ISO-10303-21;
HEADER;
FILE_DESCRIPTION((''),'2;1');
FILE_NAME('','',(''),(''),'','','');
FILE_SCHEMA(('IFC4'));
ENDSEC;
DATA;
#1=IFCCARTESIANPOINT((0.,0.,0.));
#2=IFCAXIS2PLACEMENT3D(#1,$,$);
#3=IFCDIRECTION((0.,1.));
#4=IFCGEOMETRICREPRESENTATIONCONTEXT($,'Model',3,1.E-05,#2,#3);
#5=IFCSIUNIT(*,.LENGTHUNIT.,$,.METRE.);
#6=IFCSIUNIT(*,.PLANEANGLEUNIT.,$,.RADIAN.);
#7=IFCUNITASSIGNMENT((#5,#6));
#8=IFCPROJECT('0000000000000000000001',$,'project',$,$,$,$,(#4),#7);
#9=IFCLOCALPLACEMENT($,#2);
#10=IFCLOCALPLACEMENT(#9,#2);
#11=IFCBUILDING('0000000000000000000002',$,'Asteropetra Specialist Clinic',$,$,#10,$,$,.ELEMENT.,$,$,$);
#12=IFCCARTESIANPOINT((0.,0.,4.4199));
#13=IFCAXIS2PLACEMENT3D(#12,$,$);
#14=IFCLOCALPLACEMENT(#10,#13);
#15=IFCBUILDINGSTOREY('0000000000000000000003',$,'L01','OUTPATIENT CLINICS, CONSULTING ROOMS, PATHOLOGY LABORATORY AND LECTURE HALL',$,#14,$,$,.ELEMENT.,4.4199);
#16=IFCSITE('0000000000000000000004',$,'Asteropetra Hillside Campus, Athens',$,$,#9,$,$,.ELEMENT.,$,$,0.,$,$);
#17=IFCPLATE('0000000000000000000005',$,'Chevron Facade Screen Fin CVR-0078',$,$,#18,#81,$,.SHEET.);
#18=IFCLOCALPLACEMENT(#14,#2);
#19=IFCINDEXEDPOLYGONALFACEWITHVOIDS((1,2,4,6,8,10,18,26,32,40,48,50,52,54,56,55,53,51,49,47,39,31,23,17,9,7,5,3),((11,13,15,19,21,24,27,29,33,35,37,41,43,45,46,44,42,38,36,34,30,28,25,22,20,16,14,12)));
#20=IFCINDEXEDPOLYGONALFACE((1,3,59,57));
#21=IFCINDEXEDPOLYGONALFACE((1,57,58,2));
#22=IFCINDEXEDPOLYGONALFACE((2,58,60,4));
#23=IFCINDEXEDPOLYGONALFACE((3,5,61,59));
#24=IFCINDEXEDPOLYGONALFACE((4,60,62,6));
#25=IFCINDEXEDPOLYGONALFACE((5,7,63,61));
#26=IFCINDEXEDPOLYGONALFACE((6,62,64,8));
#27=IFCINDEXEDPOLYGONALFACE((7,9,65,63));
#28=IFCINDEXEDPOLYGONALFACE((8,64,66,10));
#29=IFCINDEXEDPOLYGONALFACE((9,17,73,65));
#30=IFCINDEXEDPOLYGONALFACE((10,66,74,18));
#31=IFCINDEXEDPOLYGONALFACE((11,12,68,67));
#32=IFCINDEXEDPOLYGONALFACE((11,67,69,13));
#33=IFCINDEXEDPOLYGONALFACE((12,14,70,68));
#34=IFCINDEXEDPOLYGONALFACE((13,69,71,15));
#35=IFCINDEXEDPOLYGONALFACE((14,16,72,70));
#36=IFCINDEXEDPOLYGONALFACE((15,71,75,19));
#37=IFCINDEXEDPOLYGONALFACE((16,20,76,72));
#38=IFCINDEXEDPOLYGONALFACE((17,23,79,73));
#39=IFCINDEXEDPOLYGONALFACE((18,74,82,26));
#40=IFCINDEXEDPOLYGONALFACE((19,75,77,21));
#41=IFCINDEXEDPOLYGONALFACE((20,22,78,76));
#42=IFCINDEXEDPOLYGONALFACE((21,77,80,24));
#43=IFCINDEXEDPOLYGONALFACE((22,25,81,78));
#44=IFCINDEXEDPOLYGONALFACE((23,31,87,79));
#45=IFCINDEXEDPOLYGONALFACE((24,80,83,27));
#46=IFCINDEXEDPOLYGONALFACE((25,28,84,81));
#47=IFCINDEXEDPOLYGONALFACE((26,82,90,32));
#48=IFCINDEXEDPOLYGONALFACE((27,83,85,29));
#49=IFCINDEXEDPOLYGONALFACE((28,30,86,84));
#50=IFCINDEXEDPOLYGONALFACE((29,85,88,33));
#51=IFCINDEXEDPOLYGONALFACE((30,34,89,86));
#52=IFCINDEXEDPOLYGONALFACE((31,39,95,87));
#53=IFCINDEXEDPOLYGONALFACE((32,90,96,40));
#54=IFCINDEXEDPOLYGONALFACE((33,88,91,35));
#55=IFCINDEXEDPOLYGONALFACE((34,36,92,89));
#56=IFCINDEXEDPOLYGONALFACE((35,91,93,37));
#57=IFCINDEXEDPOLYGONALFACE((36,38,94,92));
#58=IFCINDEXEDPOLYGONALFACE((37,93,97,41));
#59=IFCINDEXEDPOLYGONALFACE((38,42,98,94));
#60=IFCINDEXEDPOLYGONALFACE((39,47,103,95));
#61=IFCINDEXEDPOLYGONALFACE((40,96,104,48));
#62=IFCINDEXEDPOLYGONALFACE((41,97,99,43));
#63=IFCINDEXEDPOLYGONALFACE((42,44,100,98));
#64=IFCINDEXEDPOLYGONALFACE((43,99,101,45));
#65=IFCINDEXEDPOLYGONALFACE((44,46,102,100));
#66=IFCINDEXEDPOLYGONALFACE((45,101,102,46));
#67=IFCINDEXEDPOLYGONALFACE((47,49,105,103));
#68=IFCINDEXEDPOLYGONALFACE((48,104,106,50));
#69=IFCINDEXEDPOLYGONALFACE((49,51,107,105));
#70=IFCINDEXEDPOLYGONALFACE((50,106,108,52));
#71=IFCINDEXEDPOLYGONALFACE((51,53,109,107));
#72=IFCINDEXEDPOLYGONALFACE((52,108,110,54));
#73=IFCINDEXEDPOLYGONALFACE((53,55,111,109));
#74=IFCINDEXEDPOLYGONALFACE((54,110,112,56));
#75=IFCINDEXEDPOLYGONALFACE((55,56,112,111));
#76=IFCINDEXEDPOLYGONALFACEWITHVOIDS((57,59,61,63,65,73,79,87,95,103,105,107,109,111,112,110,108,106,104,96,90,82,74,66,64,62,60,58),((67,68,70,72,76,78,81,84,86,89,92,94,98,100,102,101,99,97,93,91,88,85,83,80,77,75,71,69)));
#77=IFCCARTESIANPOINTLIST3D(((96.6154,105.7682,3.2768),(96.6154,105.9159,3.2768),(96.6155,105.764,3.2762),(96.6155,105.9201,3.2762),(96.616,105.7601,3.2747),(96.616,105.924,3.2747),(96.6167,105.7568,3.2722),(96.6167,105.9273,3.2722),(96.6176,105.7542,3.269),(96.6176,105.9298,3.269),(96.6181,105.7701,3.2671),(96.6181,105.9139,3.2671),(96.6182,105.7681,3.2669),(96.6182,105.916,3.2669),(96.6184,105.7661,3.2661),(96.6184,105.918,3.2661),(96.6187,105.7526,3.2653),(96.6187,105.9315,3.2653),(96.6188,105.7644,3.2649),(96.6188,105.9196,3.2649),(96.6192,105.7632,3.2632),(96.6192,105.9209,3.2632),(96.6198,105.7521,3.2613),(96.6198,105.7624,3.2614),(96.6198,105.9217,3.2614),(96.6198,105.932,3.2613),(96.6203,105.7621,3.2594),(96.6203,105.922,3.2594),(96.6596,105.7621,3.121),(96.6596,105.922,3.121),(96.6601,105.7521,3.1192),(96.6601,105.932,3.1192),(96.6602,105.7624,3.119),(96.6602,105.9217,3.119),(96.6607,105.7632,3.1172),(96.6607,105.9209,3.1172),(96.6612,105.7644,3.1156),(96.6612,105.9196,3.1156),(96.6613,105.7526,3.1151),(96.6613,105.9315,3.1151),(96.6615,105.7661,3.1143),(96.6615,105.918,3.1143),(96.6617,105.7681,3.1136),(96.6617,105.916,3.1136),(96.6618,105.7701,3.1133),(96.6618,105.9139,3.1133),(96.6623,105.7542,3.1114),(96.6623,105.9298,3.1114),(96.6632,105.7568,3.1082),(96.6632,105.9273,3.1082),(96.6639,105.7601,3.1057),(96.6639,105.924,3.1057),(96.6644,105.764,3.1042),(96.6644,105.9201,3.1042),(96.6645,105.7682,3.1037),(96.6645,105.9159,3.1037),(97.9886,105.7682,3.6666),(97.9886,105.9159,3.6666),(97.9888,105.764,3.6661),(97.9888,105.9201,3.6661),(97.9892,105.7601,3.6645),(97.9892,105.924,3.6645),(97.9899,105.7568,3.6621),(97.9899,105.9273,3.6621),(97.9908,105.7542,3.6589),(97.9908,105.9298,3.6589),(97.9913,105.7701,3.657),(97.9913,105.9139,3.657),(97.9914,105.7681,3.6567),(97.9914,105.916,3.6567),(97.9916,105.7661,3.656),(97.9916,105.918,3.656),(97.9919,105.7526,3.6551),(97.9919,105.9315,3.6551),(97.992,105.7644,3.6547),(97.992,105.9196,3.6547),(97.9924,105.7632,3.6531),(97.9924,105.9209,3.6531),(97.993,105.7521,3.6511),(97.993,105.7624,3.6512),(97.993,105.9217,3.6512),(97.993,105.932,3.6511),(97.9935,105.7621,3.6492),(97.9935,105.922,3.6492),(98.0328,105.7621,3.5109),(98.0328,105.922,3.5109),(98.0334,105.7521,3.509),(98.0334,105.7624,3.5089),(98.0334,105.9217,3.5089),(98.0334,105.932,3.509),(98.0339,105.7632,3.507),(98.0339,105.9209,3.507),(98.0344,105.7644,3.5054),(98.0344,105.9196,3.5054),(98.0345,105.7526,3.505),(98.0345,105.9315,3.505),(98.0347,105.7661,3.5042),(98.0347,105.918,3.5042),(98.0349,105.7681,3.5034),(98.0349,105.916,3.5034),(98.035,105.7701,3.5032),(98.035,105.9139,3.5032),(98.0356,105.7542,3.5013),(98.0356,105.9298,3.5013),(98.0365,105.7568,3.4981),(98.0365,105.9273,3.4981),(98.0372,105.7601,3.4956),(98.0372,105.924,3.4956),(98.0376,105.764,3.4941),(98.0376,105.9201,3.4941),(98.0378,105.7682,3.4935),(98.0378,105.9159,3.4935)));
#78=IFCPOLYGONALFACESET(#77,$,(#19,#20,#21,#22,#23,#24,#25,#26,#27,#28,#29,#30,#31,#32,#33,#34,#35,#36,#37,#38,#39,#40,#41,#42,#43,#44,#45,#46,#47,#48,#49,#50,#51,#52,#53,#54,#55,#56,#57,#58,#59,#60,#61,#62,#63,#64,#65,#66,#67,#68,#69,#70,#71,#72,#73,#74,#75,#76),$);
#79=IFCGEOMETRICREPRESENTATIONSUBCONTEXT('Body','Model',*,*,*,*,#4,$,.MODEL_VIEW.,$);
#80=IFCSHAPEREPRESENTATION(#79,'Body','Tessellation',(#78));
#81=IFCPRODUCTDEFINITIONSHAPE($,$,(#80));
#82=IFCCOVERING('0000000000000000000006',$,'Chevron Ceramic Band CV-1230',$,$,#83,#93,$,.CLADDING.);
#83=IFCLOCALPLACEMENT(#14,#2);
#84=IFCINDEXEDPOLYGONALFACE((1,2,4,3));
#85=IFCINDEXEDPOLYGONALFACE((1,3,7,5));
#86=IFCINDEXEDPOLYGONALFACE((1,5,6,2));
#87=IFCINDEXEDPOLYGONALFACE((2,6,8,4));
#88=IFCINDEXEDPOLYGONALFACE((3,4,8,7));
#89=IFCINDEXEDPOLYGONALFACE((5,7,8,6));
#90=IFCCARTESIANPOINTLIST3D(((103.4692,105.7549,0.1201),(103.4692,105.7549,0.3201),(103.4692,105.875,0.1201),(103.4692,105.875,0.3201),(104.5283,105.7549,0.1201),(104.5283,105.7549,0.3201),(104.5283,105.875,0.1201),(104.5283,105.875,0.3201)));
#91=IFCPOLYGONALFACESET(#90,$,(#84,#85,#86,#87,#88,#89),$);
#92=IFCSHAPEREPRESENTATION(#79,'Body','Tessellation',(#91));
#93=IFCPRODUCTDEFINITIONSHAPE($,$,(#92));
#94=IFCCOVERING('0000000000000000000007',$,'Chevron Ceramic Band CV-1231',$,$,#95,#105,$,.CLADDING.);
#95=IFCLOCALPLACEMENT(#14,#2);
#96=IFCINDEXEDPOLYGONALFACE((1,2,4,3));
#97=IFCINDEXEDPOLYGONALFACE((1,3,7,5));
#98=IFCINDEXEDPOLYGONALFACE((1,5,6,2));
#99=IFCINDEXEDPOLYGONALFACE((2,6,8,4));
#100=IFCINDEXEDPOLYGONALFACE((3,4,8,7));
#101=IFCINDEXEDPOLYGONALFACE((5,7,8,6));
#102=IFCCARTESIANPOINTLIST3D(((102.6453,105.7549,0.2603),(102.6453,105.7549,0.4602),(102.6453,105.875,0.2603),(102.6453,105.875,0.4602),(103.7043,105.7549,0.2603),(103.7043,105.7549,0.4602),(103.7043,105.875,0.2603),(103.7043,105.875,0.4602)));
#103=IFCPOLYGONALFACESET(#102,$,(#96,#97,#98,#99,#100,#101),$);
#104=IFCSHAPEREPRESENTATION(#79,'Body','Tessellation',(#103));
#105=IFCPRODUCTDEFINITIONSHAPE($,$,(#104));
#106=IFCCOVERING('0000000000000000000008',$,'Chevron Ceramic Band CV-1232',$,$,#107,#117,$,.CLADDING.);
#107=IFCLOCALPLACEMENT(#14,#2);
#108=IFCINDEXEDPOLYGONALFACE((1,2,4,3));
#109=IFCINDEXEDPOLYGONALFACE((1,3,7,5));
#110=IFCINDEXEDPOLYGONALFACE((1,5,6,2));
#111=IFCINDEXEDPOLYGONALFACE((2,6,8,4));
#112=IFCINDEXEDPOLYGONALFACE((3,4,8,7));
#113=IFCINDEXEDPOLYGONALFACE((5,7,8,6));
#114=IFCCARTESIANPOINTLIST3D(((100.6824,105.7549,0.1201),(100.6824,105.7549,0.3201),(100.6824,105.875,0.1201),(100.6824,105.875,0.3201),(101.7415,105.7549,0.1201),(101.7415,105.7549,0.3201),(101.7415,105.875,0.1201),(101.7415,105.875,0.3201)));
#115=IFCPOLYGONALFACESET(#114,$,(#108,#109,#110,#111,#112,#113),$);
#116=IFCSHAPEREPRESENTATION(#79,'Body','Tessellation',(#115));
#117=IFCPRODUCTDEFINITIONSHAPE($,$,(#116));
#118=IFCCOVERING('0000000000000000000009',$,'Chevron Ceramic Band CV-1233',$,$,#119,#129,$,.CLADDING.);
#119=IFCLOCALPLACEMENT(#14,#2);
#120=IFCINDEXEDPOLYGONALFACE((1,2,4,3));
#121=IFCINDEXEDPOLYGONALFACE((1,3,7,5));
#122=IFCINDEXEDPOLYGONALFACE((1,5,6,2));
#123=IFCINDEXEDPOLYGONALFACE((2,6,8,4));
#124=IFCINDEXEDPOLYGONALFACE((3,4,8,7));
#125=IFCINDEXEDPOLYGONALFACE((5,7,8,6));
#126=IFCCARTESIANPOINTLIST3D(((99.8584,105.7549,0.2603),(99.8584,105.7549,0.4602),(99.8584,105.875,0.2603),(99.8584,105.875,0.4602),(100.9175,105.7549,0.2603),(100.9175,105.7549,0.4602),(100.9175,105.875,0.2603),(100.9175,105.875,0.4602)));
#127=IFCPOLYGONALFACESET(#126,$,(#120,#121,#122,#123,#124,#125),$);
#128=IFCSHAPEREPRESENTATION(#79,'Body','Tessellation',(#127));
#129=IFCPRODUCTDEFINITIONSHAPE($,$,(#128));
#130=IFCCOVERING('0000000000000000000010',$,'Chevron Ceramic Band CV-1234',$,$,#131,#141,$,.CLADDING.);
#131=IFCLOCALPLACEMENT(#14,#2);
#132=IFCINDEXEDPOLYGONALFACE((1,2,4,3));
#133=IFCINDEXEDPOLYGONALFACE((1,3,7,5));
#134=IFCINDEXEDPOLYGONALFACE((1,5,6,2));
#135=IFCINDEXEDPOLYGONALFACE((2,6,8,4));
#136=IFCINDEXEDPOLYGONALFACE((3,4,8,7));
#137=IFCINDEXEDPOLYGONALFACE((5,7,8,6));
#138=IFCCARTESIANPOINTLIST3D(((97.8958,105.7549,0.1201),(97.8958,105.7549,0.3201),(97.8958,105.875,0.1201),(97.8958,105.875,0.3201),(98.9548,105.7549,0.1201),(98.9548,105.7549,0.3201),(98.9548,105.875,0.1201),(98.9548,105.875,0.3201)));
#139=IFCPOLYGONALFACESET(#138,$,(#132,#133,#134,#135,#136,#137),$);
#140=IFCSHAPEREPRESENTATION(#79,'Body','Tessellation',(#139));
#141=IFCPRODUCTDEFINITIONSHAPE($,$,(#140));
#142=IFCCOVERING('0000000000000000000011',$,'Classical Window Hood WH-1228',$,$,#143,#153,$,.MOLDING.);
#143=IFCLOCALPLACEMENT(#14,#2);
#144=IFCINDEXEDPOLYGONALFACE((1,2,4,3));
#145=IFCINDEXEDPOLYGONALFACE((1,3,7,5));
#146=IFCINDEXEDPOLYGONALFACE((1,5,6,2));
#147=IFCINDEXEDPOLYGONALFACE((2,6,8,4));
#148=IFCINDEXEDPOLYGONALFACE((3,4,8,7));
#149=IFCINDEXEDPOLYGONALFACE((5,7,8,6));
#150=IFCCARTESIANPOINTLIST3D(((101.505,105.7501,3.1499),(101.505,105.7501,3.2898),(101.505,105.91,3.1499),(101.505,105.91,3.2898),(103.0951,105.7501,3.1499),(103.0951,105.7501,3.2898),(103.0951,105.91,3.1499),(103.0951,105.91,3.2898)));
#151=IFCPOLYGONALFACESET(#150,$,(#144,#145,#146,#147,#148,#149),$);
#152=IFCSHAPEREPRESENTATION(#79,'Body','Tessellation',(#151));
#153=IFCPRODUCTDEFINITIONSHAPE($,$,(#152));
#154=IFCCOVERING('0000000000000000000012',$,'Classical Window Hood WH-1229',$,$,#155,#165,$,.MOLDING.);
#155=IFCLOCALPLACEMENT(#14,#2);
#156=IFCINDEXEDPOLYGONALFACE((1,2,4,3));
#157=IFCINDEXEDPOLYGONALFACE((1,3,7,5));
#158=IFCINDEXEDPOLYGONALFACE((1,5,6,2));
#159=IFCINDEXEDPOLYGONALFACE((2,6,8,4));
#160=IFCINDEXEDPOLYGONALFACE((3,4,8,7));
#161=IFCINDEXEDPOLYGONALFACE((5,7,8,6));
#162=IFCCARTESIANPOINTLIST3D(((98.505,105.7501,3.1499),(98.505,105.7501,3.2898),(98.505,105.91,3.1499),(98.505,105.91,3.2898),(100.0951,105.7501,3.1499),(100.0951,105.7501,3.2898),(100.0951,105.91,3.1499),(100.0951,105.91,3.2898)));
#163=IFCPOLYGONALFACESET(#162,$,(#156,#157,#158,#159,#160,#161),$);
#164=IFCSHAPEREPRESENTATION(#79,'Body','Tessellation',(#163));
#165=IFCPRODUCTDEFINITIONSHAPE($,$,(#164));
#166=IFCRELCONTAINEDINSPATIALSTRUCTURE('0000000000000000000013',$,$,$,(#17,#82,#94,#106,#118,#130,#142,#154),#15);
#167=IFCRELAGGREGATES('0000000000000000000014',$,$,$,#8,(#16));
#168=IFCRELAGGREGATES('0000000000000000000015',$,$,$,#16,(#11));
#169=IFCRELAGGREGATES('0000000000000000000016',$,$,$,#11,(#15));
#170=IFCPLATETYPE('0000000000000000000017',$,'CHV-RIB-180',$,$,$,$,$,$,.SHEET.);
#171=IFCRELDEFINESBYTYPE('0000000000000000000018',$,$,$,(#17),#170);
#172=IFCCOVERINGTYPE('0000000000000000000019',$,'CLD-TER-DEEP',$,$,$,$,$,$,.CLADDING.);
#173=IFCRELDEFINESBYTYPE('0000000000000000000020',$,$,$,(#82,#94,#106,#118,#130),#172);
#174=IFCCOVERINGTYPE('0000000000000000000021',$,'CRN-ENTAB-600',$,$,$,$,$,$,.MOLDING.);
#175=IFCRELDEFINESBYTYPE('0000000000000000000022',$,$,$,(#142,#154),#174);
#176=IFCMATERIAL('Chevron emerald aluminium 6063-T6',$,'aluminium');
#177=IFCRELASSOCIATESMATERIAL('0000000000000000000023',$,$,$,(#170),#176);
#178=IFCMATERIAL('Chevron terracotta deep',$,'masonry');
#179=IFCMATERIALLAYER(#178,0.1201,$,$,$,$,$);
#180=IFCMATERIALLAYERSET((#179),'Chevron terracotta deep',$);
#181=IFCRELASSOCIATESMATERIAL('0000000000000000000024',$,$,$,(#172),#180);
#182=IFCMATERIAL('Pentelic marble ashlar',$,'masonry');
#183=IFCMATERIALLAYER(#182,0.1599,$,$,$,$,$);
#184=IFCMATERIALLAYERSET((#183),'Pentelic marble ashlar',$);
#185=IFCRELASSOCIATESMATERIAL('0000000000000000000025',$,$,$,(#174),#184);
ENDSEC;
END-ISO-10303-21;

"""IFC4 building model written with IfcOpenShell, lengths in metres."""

from ifc_helpers import new_model, si_unit, direction, frame, origin, origin_2d, place, context, subcontext, project, spatial, rectangle, hollow_rectangle, extrude, material, layer, layer_set, material_profile, profile_set, type_object, element, save


model = new_model("IFC4")

# Units and contexts
model_context = context("Model", 3, precision=1e-05, world=origin(), true_north=direction((0.0, 1.0)))
body_context = subcontext(model_context, "Body", "Model", "MODEL_VIEW")
ifc_project = project(units=[si_unit("LENGTHUNIT", "METRE"), si_unit("PLANEANGLEUNIT", "RADIAN")], contexts=[model_context])

# Site, building, storey
site_placement = place(None, origin())
site = spatial("IfcSite", under=ifc_project, at=site_placement, Name="Asteropetra Hillside Campus, Athens", CompositionType="ELEMENT", RefElevation=0.0)
building_placement = place(site_placement, origin())
building = spatial("IfcBuilding", under=site, at=building_placement, Name="Asteropetra Specialist Clinic", CompositionType="ELEMENT")
storey_placement = place(building_placement, frame((0.0, 0.0, 4.4199)))
storey = spatial("IfcBuildingStorey", under=building, at=storey_placement, Name="L01", Description="OUTPATIENT CLINICS, CONSULTING ROOMS, PATHOLOGY LABORATORY AND LECTURE HALL", CompositionType="ELEMENT", Elevation=4.4199)

# Plate
ifc_material_1 = material(Name="Chevron emerald aluminium 6063-T6", Category="aluminium")
ifc_material_profile_1 = material_profile(ifc_material_1, hollow_rectangle(XDim=0.1799, YDim=0.1799, WallThickness=0.01, InnerFilletRadius=0.0081, OuterFilletRadius=0.0161, at=origin_2d()), Name="SHS 180x180x10.0")
ifc_profile_set_1 = profile_set([ifc_material_profile_1], Name="Chevron emerald aluminium 6063-T6")
plate_type = type_object("IfcPlateType", Name="CHV-RIB-180", PredefinedType="SHEET", material=ifc_profile_set_1)
plate_1_placement = place(storey_placement, frame((98.0132, 105.842, 3.5801), z_axis=(-0.961981, 0.0, -0.273117), x_axis=(0.0, -1.0, 0.0)))
element("IfcPlate", 1, at=plate_1_placement, inside=storey, type_object=plate_type, Name="Chevron Facade Screen Fin CVR-0078", PredefinedType="SHEET", context=body_context, shape_type="SweptSolid", body=[
    extrude(hollow_rectangle(XDim=0.1799, YDim=0.1799, WallThickness=0.01, InnerFilletRadius=0.0081, OuterFilletRadius=0.0161, at=origin_2d()), origin(), (0.0, 0.0, 1.0), 1.4275),
])

# Coverings
ifc_material_2 = material(Name="Chevron terracotta deep", Category="masonry")
ifc_layer_1 = layer(ifc_material_2, 0.1201)
ifc_layer_set_1 = layer_set([ifc_layer_1], Name="Chevron terracotta deep")
covering_type_1 = type_object("IfcCoveringType", Name="CLD-TER-DEEP", PredefinedType="CLADDING", material=ifc_layer_set_1)
for number, where, z_axis, x_axis, name in (
    (2, (103.9988, 105.8149, 0.1201), (0.0, 0.0, 1.0), (1.0, 0.0, 0.0), "Chevron Ceramic Band CV-1230"),
    (3, (103.1748, 105.8149, 0.2603), (0.0, 0.0, 1.0), (1.0, 0.0, 0.0), "Chevron Ceramic Band CV-1231"),
    (4, (101.2119, 105.8149, 0.1201), (0.0, 0.0, 1.0), (1.0, 0.0, 0.0), "Chevron Ceramic Band CV-1232"),
    (5, (100.3879, 105.8149, 0.2603), (0.0, 0.0, 1.0), (1.0, 0.0, 0.0), "Chevron Ceramic Band CV-1233"),
    (6, (98.4253, 105.8149, 0.1201), (0.0, 0.0, 1.0), (1.0, 0.0, 0.0), "Chevron Ceramic Band CV-1234"),
):
    element("IfcCovering", number, at=place(storey_placement, frame(where, z_axis=z_axis, x_axis=x_axis)), inside=storey, type_object=covering_type_1, Name=name, PredefinedType="CLADDING", context=body_context, shape_type="SweptSolid", body=[
        extrude(rectangle(XDim=1.0591, YDim=0.1201, at=origin_2d()), origin(), (0.0, 0.0, 1.0), 0.2),
    ])
ifc_material_3 = material(Name="Pentelic marble ashlar", Category="masonry")
ifc_layer_2 = layer(ifc_material_3, 0.1599)
ifc_layer_set_2 = layer_set([ifc_layer_2], Name="Pentelic marble ashlar")
covering_type_2 = type_object("IfcCoveringType", Name="CRN-ENTAB-600", PredefinedType="MOLDING", material=ifc_layer_set_2)
for number, where, z_axis, x_axis, name in (
    (7, (102.3, 105.8301, 3.1499), (0.0, 0.0, 1.0), (1.0, 0.0, 0.0), "Classical Window Hood WH-1228"),
    (8, (99.3, 105.8301, 3.1499), (0.0, 0.0, 1.0), (1.0, 0.0, 0.0), "Classical Window Hood WH-1229"),
):
    element("IfcCovering", number, at=place(storey_placement, frame(where, z_axis=z_axis, x_axis=x_axis)), inside=storey, type_object=covering_type_2, Name=name, PredefinedType="MOLDING", context=body_context, shape_type="SweptSolid", body=[
        extrude(rectangle(XDim=1.5901, YDim=0.1599, at=origin_2d()), origin(), (0.0, 0.0, 1.0), 0.1399),
    ])

save(model, "model.ifc")
